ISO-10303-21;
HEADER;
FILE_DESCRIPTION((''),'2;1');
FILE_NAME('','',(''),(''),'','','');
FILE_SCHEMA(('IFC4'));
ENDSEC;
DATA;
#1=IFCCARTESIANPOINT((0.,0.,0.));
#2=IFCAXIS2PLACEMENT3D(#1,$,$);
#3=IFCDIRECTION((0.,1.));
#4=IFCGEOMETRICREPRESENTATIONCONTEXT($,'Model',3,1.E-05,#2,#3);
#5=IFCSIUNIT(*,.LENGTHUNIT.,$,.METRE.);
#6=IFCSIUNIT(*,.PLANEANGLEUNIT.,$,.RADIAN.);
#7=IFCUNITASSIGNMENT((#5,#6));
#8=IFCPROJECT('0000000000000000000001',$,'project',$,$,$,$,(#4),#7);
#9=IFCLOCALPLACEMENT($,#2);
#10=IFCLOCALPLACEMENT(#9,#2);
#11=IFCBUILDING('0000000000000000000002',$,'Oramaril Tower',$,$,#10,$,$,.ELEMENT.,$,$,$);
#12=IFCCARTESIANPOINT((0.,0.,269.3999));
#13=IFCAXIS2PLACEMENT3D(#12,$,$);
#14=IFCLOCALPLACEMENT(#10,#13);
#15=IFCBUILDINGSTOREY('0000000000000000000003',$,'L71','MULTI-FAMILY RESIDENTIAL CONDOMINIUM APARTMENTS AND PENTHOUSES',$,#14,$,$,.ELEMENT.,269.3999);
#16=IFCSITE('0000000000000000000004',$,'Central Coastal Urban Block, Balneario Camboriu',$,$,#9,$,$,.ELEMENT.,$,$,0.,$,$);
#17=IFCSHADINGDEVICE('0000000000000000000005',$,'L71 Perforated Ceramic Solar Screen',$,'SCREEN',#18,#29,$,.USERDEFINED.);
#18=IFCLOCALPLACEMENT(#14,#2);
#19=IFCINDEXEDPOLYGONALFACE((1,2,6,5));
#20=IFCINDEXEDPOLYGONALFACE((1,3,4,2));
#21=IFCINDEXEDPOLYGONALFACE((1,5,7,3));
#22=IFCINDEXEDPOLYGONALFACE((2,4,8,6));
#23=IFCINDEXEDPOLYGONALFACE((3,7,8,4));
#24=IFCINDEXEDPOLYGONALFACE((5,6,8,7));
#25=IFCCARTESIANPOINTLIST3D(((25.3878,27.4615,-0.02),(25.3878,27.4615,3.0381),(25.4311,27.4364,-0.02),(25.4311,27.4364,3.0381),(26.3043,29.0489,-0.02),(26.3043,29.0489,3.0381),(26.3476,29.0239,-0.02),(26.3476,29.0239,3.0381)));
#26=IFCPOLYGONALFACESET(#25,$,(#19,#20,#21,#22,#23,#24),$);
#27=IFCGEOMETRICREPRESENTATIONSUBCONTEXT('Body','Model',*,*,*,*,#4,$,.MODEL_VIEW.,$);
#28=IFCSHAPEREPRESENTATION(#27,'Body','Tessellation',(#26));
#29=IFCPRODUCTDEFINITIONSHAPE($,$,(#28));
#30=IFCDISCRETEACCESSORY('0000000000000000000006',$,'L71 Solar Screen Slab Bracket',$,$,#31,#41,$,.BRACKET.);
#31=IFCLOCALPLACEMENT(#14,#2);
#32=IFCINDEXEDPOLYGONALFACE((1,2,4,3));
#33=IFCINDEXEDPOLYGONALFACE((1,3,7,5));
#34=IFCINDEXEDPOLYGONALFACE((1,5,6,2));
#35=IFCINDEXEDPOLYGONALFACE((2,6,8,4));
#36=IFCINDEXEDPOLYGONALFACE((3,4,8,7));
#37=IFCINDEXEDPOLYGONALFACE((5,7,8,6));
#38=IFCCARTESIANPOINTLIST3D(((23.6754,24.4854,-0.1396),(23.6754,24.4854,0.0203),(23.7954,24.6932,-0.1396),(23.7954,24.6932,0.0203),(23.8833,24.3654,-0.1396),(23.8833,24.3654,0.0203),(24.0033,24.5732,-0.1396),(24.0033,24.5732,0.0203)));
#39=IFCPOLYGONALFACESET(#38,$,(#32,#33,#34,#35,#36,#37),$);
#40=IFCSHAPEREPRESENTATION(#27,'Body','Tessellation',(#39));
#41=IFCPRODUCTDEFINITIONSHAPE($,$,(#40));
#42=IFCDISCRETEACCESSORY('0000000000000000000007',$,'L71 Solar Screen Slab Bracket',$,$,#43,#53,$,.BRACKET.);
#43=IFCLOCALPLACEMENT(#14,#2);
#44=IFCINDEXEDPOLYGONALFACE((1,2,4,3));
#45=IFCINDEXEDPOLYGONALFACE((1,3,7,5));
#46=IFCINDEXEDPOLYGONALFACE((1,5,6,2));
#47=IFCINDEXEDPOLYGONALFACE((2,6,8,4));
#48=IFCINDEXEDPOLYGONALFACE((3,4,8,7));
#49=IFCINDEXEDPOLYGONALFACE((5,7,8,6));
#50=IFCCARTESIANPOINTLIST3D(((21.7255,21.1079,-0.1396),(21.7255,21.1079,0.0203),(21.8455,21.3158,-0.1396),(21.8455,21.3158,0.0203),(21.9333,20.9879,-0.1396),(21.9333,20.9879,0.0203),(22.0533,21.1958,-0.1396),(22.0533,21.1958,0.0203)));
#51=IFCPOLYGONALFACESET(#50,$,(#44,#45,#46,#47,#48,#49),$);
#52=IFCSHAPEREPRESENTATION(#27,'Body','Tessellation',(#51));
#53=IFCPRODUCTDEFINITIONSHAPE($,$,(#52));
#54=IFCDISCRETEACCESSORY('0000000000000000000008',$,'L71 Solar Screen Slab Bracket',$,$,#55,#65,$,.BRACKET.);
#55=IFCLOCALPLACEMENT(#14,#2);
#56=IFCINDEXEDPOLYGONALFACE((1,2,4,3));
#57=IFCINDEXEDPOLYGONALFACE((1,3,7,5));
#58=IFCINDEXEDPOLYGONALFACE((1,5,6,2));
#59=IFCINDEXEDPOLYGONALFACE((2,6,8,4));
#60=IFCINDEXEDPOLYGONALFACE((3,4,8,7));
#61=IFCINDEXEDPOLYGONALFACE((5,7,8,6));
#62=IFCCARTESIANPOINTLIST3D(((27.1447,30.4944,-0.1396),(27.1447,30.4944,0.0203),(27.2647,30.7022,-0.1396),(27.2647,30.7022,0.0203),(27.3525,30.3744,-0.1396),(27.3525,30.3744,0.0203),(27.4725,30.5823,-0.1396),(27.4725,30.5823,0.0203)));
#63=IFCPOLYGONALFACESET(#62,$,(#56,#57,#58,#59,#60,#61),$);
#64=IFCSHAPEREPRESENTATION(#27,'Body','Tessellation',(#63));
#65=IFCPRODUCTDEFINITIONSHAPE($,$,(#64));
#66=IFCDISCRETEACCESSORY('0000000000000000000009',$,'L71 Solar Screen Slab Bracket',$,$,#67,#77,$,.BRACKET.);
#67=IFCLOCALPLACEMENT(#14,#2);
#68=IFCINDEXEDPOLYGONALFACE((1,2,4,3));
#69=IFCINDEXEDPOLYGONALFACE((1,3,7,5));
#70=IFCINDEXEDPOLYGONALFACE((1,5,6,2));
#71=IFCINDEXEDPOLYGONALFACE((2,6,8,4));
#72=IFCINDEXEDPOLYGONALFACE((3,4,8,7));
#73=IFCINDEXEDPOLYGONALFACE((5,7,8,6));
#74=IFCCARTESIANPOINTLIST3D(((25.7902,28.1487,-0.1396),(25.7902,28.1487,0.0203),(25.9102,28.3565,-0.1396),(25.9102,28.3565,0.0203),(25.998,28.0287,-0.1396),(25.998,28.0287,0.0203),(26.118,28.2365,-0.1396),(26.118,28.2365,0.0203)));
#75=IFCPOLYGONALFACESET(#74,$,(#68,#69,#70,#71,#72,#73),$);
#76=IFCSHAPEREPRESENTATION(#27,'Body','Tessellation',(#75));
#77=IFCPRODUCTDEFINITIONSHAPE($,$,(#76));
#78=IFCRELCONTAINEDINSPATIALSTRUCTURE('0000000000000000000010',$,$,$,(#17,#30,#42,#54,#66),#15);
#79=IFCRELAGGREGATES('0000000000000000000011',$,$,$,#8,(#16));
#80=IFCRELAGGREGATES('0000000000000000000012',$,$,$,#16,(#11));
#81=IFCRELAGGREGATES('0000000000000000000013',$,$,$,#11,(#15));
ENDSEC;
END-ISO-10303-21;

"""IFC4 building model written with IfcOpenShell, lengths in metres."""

from ifc_helpers import new_model, si_unit, direction, frame, origin, origin_2d, place, context, subcontext, project, spatial, rectangle, extrude, element, save


model = new_model("IFC4")

# Units and contexts
model_context = context("Model", 3, precision=1e-05, world=origin(), true_north=direction((0.0, 1.0)))
body_context = subcontext(model_context, "Body", "Model", "MODEL_VIEW")
ifc_project = project(units=[si_unit("LENGTHUNIT", "METRE"), si_unit("PLANEANGLEUNIT", "RADIAN")], contexts=[model_context])

# Site, building, storey
site_placement = place(None, origin())
site = spatial("IfcSite", under=ifc_project, at=site_placement, Name="Central Coastal Urban Block, Balneario Camboriu", CompositionType="ELEMENT", RefElevation=0.0)
building_placement = place(site_placement, origin())
building = spatial("IfcBuilding", under=site, at=building_placement, Name="Oramaril Tower", CompositionType="ELEMENT")
storey_placement = place(building_placement, frame((0.0, 0.0, 269.3999)))
storey = spatial("IfcBuildingStorey", under=building, at=storey_placement, Name="L71", Description="MULTI-FAMILY RESIDENTIAL CONDOMINIUM APARTMENTS AND PENTHOUSES", CompositionType="ELEMENT", Elevation=269.3999)

# Shading device
for number, where, z_axis, x_axis, name in (
    (1, (25.8677, 28.2427, -0.02), (0.0, 0.0, 1.0), (-0.5, -0.866025, 0.0), "L71 Perforated Ceramic Solar Screen"),
):
    element("IfcShadingDevice", number, at=place(storey_placement, frame(where, z_axis=z_axis, x_axis=x_axis)), inside=storey, Name=name, ObjectType="SCREEN", PredefinedType="USERDEFINED", context=body_context, shape_type="SweptSolid", body=[
        extrude(rectangle(XDim=1.833, YDim=0.05, at=origin_2d()), origin(), (0.0, 0.0, 1.0), 3.0581),
    ])

# Discrete accessories
for number, where, z_axis, x_axis, name in (
    (2, (23.8394, 24.5293, -0.1396), (0.0, 0.0, 1.0), (-0.5, -0.866025, 0.0), "L71 Solar Screen Slab Bracket"),
    (3, (21.8894, 21.1519, -0.1396), (0.0, 0.0, 1.0), (-0.5, -0.866025, 0.0), "L71 Solar Screen Slab Bracket"),
    (4, (27.3086, 30.5383, -0.1396), (0.0, 0.0, 1.0), (-0.5, -0.866025, 0.0), "L71 Solar Screen Slab Bracket"),
    (5, (25.9541, 28.1926, -0.1396), (0.0, 0.0, 1.0), (-0.5, -0.866025, 0.0), "L71 Solar Screen Slab Bracket"),
):
    element("IfcDiscreteAccessory", number, at=place(storey_placement, frame(where, z_axis=z_axis, x_axis=x_axis)), inside=storey, Name=name, PredefinedType="BRACKET", context=body_context, shape_type="SweptSolid", body=[
        extrude(rectangle(XDim=0.24, YDim=0.24, at=origin_2d()), origin(), (0.0, 0.0, 1.0), 0.1599),
    ])

save(model, "model.ifc")
